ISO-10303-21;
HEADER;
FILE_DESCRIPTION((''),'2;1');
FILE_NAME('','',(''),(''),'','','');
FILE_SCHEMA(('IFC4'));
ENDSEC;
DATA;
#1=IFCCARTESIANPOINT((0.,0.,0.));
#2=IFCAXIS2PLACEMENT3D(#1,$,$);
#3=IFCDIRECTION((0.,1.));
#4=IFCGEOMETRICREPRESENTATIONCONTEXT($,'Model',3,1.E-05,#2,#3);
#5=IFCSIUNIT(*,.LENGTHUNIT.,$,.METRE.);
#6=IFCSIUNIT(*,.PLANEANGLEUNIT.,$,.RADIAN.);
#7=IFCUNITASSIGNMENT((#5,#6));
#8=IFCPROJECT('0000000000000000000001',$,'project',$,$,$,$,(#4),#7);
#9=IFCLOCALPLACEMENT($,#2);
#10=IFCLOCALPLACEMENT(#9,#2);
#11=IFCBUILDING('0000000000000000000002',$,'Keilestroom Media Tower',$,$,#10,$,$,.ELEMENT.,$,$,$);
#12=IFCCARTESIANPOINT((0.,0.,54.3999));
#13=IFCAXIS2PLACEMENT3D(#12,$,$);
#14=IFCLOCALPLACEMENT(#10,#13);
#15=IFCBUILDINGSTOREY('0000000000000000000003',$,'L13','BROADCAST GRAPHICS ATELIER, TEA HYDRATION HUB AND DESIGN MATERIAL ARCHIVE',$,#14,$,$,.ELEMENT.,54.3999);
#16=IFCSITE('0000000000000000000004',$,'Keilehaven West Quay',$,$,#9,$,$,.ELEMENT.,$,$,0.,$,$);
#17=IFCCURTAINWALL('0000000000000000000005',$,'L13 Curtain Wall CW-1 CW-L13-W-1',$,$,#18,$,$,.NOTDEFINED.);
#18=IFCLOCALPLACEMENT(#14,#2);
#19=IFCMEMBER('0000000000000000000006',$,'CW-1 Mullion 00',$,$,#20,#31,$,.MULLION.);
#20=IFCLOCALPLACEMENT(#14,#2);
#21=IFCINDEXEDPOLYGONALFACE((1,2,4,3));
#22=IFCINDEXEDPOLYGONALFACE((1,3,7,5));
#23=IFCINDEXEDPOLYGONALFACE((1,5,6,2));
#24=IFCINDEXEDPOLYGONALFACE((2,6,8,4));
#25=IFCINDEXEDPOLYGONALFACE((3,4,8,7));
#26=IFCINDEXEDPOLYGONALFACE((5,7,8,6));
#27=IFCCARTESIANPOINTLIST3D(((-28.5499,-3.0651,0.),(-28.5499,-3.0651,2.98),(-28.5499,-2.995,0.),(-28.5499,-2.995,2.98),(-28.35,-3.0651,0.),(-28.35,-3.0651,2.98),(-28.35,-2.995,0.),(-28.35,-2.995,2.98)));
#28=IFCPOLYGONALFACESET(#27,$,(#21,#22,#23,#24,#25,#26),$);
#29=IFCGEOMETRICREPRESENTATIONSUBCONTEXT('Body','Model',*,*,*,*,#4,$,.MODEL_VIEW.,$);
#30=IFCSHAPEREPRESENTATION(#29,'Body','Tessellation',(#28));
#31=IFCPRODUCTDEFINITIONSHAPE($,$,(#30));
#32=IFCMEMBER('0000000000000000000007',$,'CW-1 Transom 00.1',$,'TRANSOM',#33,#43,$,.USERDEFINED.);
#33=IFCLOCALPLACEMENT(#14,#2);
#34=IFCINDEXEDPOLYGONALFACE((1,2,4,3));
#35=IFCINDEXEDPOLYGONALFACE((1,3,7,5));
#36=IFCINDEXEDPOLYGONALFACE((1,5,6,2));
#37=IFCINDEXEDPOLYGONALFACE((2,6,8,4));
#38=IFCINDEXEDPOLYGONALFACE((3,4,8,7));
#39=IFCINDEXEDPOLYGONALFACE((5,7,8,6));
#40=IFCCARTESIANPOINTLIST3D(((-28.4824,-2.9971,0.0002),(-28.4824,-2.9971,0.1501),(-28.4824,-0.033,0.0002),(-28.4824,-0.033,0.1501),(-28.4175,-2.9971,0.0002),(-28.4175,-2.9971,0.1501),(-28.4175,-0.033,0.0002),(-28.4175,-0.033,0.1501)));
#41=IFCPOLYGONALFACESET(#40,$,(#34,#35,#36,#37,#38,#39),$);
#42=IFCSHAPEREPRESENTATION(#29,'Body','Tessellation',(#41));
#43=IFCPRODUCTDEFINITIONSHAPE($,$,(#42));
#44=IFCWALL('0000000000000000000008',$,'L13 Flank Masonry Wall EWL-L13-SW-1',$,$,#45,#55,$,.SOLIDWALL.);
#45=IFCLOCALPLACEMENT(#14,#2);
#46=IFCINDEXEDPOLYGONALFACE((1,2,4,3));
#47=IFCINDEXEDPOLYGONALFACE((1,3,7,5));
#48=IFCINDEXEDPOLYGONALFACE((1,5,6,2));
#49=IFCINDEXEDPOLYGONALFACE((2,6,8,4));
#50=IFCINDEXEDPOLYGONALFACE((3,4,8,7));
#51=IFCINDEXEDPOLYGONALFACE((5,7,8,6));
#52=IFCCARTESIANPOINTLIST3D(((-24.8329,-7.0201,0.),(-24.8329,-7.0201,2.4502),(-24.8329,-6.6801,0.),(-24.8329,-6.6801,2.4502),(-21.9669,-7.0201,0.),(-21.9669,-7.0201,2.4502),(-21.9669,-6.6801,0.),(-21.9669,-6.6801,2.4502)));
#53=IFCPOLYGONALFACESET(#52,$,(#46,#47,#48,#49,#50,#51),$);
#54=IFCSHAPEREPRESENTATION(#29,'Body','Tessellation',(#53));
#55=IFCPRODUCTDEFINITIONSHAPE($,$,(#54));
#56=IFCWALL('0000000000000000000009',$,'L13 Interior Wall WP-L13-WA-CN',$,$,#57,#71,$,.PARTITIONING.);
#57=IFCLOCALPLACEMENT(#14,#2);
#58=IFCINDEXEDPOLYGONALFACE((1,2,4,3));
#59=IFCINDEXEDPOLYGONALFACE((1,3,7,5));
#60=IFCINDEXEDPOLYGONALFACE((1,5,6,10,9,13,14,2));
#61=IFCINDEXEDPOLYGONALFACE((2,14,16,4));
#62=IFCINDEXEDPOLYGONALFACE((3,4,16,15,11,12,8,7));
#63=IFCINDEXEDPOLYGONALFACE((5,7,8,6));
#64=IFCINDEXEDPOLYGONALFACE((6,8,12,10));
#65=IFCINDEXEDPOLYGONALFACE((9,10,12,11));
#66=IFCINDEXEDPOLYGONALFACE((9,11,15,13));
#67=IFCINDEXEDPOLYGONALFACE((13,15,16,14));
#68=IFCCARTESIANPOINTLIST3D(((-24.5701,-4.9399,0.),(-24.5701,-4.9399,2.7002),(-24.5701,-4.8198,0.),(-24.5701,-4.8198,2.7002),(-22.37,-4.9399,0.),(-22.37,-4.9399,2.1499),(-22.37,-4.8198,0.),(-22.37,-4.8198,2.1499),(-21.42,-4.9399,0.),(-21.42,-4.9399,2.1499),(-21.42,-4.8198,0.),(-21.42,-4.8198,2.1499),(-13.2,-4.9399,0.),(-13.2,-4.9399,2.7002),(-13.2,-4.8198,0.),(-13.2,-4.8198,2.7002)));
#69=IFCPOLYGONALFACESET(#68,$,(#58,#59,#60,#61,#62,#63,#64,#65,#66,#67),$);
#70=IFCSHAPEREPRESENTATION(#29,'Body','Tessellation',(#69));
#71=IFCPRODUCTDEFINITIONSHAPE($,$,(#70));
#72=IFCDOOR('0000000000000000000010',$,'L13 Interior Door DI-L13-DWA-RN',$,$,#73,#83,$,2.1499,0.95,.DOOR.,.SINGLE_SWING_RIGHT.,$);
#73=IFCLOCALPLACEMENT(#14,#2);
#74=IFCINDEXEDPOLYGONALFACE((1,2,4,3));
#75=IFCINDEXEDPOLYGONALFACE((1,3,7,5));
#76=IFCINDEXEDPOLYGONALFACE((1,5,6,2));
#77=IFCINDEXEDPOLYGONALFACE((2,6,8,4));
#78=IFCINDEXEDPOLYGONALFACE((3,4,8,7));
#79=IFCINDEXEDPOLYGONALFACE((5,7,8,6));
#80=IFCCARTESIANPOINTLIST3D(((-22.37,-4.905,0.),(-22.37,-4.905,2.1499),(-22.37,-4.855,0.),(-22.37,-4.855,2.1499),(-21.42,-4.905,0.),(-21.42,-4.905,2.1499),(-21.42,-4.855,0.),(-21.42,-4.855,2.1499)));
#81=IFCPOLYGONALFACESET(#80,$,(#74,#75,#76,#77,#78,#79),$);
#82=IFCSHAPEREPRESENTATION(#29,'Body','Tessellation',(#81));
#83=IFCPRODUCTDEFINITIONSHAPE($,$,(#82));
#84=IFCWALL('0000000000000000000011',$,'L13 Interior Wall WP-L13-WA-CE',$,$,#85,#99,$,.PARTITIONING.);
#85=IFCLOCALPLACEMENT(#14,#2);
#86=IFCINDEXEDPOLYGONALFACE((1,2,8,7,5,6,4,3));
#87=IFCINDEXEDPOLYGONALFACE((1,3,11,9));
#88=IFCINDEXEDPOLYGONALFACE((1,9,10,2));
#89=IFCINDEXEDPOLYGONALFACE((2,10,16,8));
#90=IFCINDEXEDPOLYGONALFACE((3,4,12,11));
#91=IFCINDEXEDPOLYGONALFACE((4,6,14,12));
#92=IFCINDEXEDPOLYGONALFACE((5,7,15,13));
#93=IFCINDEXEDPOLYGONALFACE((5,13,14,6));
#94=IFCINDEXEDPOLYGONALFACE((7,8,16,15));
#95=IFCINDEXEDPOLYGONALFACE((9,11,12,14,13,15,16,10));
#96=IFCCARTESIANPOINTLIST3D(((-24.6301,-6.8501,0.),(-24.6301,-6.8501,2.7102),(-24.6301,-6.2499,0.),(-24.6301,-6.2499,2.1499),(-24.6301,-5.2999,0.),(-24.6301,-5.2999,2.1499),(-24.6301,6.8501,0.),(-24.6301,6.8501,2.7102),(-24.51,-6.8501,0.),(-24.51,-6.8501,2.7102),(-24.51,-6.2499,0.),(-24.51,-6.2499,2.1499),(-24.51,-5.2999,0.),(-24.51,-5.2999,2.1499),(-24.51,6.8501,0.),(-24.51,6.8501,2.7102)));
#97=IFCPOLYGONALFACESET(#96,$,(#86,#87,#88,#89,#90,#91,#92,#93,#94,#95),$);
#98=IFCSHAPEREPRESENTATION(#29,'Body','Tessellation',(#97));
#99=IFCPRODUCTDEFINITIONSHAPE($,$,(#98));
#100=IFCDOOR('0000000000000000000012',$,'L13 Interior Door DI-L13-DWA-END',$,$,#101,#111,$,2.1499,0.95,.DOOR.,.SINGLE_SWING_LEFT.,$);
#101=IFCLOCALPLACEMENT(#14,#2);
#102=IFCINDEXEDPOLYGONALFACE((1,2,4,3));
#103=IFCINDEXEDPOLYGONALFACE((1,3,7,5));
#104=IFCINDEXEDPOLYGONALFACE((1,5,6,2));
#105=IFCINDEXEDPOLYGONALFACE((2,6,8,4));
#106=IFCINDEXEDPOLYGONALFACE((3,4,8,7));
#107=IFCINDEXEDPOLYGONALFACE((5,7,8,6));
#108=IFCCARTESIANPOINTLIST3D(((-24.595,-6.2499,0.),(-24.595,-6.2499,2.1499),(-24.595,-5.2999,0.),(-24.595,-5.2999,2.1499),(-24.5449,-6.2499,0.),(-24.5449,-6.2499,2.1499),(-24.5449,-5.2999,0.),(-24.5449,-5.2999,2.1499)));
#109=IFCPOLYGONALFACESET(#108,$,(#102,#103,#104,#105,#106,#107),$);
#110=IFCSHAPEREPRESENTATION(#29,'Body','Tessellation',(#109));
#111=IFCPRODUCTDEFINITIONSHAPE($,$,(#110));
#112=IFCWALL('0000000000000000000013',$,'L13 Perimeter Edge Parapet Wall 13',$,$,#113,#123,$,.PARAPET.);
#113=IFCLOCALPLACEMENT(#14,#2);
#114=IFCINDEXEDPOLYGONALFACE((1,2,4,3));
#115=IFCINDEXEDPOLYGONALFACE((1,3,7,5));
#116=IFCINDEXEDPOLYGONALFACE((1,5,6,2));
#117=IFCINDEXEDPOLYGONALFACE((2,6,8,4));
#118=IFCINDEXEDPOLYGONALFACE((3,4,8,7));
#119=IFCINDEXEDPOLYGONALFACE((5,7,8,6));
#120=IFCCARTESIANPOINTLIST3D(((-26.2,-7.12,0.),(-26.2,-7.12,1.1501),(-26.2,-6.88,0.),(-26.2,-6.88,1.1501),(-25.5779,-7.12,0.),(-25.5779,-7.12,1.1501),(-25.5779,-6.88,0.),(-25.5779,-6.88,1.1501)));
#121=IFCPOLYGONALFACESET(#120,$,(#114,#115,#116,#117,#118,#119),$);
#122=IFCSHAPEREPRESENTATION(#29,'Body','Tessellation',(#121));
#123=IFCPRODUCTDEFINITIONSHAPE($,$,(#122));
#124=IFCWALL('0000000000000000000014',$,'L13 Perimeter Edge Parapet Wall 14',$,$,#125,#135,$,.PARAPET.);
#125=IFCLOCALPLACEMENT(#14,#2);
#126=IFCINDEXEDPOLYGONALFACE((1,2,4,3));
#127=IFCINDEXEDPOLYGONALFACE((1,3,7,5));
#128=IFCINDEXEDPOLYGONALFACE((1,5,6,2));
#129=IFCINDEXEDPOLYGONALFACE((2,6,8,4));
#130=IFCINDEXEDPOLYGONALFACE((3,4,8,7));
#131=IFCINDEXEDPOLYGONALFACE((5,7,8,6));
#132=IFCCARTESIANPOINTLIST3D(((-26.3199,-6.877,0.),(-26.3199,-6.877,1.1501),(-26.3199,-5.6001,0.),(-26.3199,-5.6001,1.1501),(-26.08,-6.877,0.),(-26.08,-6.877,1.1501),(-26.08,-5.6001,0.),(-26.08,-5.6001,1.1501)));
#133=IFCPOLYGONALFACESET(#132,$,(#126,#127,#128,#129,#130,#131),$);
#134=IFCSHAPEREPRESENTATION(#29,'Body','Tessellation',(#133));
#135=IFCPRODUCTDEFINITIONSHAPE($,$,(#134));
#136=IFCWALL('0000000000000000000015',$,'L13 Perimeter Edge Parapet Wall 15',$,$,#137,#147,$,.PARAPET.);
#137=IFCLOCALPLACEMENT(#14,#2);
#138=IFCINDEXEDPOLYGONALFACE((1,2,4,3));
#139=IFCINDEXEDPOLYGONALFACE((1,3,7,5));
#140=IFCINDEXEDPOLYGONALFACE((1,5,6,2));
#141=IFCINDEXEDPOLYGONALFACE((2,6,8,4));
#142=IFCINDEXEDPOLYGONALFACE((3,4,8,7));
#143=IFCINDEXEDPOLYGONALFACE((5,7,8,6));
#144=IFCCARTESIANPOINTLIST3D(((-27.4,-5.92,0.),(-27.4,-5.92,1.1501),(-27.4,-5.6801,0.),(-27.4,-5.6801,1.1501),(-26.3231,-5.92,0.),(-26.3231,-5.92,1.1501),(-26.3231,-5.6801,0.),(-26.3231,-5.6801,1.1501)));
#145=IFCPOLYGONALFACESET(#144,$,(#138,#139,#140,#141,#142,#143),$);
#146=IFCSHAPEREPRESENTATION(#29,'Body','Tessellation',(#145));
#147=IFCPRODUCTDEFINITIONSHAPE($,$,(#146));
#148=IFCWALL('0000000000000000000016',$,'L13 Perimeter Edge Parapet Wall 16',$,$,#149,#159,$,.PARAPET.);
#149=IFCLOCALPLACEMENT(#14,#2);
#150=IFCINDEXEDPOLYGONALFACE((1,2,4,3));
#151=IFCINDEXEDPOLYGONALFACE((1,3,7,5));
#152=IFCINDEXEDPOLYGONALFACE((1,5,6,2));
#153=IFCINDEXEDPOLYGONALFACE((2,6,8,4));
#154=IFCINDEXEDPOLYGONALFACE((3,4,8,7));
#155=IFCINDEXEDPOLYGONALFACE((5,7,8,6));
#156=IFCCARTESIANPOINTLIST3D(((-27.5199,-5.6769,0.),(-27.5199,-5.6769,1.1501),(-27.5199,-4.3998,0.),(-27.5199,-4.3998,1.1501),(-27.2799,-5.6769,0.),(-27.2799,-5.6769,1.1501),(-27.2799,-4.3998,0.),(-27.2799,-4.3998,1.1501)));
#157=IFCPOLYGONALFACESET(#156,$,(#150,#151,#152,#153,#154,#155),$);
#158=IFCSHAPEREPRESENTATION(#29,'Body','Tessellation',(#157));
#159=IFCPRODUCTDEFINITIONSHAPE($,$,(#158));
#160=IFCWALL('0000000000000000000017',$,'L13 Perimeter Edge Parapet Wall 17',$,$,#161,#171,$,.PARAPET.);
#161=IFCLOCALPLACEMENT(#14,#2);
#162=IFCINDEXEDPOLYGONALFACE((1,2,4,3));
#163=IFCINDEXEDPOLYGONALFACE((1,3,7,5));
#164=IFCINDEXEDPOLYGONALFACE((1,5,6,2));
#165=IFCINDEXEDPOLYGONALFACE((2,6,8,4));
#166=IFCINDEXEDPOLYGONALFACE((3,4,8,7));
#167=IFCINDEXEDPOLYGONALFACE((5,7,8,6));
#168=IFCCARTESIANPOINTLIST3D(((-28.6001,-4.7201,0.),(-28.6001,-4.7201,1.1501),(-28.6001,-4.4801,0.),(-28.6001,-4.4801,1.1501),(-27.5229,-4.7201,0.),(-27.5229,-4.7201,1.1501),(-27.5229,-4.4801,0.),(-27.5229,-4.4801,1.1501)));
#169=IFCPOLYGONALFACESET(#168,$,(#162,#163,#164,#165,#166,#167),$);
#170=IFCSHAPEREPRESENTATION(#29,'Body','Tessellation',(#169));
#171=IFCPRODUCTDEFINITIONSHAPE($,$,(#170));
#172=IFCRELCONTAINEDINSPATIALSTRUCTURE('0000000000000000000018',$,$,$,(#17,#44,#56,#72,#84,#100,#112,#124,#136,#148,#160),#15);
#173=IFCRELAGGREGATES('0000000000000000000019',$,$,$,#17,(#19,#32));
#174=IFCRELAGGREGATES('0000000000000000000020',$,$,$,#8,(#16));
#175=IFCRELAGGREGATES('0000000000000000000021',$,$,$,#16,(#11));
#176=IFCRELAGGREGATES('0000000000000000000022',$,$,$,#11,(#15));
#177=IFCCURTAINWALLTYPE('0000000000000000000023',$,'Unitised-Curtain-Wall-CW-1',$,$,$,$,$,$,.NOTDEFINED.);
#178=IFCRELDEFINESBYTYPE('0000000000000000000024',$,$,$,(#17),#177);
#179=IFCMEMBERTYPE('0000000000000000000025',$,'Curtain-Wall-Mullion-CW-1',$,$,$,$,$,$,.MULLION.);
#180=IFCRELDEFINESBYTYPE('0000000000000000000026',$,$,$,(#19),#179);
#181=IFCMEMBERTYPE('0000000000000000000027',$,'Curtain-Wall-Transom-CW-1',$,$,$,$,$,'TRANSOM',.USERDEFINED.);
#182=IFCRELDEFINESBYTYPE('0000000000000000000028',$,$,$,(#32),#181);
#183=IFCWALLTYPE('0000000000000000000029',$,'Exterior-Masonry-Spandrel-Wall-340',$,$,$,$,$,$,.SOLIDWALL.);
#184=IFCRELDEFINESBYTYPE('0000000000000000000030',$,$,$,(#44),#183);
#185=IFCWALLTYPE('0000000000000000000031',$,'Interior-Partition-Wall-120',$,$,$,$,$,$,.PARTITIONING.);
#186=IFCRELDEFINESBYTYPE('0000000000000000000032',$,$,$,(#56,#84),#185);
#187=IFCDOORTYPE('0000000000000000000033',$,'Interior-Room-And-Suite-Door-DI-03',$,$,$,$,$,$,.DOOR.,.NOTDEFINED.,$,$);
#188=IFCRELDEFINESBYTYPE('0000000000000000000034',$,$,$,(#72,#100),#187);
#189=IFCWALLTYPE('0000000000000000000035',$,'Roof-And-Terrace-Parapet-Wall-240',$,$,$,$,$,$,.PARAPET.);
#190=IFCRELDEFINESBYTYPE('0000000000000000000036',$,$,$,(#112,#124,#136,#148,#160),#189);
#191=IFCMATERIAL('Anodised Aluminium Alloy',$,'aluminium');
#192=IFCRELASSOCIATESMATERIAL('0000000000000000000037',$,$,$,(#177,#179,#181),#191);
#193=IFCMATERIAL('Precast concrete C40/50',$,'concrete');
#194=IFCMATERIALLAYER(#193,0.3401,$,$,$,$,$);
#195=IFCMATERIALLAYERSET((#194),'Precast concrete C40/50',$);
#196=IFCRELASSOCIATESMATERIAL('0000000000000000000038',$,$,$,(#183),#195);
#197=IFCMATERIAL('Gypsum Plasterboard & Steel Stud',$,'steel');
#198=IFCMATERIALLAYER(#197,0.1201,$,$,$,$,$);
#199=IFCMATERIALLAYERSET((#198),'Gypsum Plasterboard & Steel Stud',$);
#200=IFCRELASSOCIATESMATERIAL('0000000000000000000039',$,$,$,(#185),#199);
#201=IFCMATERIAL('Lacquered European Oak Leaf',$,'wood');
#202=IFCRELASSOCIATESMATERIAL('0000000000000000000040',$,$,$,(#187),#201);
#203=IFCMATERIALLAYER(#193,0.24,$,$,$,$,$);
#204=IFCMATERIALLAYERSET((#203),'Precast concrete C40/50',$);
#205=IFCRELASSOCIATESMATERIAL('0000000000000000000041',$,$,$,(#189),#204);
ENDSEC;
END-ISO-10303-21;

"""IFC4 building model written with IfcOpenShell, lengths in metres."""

from ifc_helpers import new_model, si_unit, direction, frame, frame_2d, origin, origin_2d, place, context, subcontext, project, spatial, rectangle, extrude, source, transform, mapped, material, layer, layer_set, material_profile, profile_set, type_object, element, fill, aggregate, save


model = new_model("IFC4")

# Units and contexts
model_context = context("Model", 3, precision=1e-05, world=origin(), true_north=direction((0.0, 1.0)))
body_context = subcontext(model_context, "Body", "Model", "MODEL_VIEW")
ifc_project = project(units=[si_unit("LENGTHUNIT", "METRE"), si_unit("PLANEANGLEUNIT", "RADIAN")], contexts=[model_context])

# Site, building, storey
site_placement = place(None, origin())
site = spatial("IfcSite", under=ifc_project, at=site_placement, Name="Keilehaven West Quay", CompositionType="ELEMENT", RefElevation=0.0)
building_placement = place(site_placement, origin())
building = spatial("IfcBuilding", under=site, at=building_placement, Name="Keilestroom Media Tower", CompositionType="ELEMENT")
storey_placement = place(building_placement, frame((0.0, 0.0, 54.3999)))
storey = spatial("IfcBuildingStorey", under=building, at=storey_placement, Name="L13", Description="BROADCAST GRAPHICS ATELIER, TEA HYDRATION HUB AND DESIGN MATERIAL ARCHIVE", CompositionType="ELEMENT", Elevation=54.3999)

# Shared definitions
ifc_material_1 = material(Name="Precast concrete C40/50", Category="concrete")

# Curtain wall, members
ifc_material_2 = material(Name="Anodised Aluminium Alloy", Category="aluminium")
curtain_wall_type = type_object("IfcCurtainWallType", Name="Unitised-Curtain-Wall-CW-1", PredefinedType="NOTDEFINED", material=ifc_material_2)
curtain_wall_placement = place(storey_placement, origin())
curtain_wall = element("IfcCurtainWall", 1, at=curtain_wall_placement, inside=storey, type_object=curtain_wall_type, Name="L13 Curtain Wall CW-1 CW-L13-W-1", PredefinedType="NOTDEFINED")
ifc_material_profile_1 = material_profile(ifc_material_2, rectangle(XDim=0.0701, YDim=0.2, at=origin_2d()), Name="ALU MULLION 70x200")
ifc_profile_set_1 = profile_set([ifc_material_profile_1], Name="Anodised Aluminium Alloy")
member_type_1 = type_object("IfcMemberType", Name="Curtain-Wall-Mullion-CW-1", PredefinedType="MULLION", material=ifc_profile_set_1)
shared_shape_1 = source(origin(), body_context, "Body", "SweptSolid", [
    extrude(rectangle(XDim=0.0701, YDim=0.2, at=origin_2d()), origin(), (0.0, 0.0, 1.0), 2.98),
])
member_1_placement = place(storey_placement, frame((-28.45, -3.03, 0.0), z_axis=(0.0, 0.0, 1.0), x_axis=(0.0, 1.0, 0.0)))
member_1 = element("IfcMember", 2, at=member_1_placement, type_object=member_type_1, Name="CW-1 Mullion 00", PredefinedType="MULLION", context=body_context, shape_type="MappedRepresentation", body=[
    mapped(shared_shape_1, transform((0.0, 0.0, 0.0), x_axis=(1.0, 0.0, 0.0), y_axis=(0.0, 1.0, 0.0), z_axis=(0.0, 0.0, 1.0), scale=1.0)),
])
ifc_material_profile_2 = material_profile(ifc_material_2, rectangle(XDim=0.0649, YDim=0.1499, at=origin_2d()), Name="ALU TRANSOM 65x150")
ifc_profile_set_2 = profile_set([ifc_material_profile_2], Name="Anodised Aluminium Alloy")
member_type_2 = type_object("IfcMemberType", Name="Curtain-Wall-Transom-CW-1", ElementType="TRANSOM", PredefinedType="USERDEFINED", material=ifc_profile_set_2)
shared_shape_2 = source(origin(), body_context, "Body", "SweptSolid", [
    extrude(rectangle(XDim=0.0649, YDim=0.1499, at=origin_2d()), origin(), (0.0, 0.0, 1.0), 2.9641),
])
member_2_placement = place(storey_placement, frame((-28.45, -2.9971, 0.0752), z_axis=(0.0, 1.0, 0.0), x_axis=(-1.0, 0.0, 0.0)))
member_2 = element("IfcMember", 3, at=member_2_placement, type_object=member_type_2, Name="CW-1 Transom 00.1", ObjectType="TRANSOM", PredefinedType="USERDEFINED", context=body_context, shape_type="MappedRepresentation", body=[
    mapped(shared_shape_2, transform((0.0, 0.0, 0.0), x_axis=(1.0, 0.0, 0.0), y_axis=(0.0, 1.0, 0.0), z_axis=(0.0, 0.0, 1.0), scale=1.0)),
])
aggregate(curtain_wall, [member_1, member_2])

# Wall
ifc_layer_1 = layer(ifc_material_1, 0.3401)
ifc_layer_set_1 = layer_set([ifc_layer_1], Name="Precast concrete C40/50")
wall_type_1 = type_object("IfcWallType", Name="Exterior-Masonry-Spandrel-Wall-340", PredefinedType="SOLIDWALL", material=ifc_layer_set_1)
wall_1_placement = place(storey_placement, frame((-24.833, -6.8501, 0.0), z_axis=(0.0, 0.0, 1.0), x_axis=(1.0, 0.0, 0.0)))
element("IfcWall", 4, at=wall_1_placement, inside=storey, type_object=wall_type_1, Name="L13 Flank Masonry Wall EWL-L13-SW-1", PredefinedType="SOLIDWALL", context=body_context, shape_type="SweptSolid", body=[
    extrude(rectangle(XDim=2.866, YDim=0.3401, at=frame_2d((1.4331, 0.0))), origin(), (0.0, 0.0, 1.0), 2.4502),
])

# Walls, openings, doors
ifc_material_3 = material(Name="Gypsum Plasterboard & Steel Stud", Category="steel")
ifc_layer_2 = layer(ifc_material_3, 0.1201)
ifc_layer_set_2 = layer_set([ifc_layer_2], Name="Gypsum Plasterboard & Steel Stud")
wall_type_2 = type_object("IfcWallType", Name="Interior-Partition-Wall-120", PredefinedType="PARTITIONING", material=ifc_layer_set_2)
wall_2_placement = place(storey_placement, frame((-24.5701, -4.8799, 0.0), z_axis=(0.0, 0.0, 1.0), x_axis=(1.0, 0.0, 0.0)))
wall_2 = element("IfcWall", 5, at=wall_2_placement, inside=storey, type_object=wall_type_2, Name="L13 Interior Wall WP-L13-WA-CN", PredefinedType="PARTITIONING", context=body_context, shape_type="SweptSolid", body=[
    extrude(rectangle(XDim=11.3701, YDim=0.1201, at=frame_2d((5.6851, 0.0))), origin(), (0.0, 0.0, 1.0), 2.7002),
])
opening_1_placement = place(wall_2_placement, frame((2.2, 0.0, 0.0)))
opening_1 = element("IfcOpeningElement", 6, at=opening_1_placement, cuts=wall_2, PredefinedType="OPENING", context=body_context, shape_type="SweptSolid", body=[
    extrude(rectangle(XDim=0.95, YDim=2.1499, at=frame_2d((0.4751, 1.075))), frame((0.0, 0.0701, 0.0), z_axis=(0.0, -1.0, 0.0), x_axis=(1.0, 0.0, 0.0)), (0.0, 0.0, 1.0), 0.1401),
])
ifc_material_4 = material(Name="Lacquered European Oak Leaf", Category="wood")
door_type = type_object("IfcDoorType", Name="Interior-Room-And-Suite-Door-DI-03", OperationType="NOTDEFINED", PredefinedType="DOOR", material=ifc_material_4)
shared_shape_3 = source(origin(), body_context, "Body", "SweptSolid", [
    extrude(rectangle(XDim=0.95, YDim=2.1499, at=frame_2d((0.4751, 1.075))), frame((0.0, 0.0249, 0.0), z_axis=(0.0, -1.0, 0.0), x_axis=(1.0, 0.0, 0.0)), (0.0, 0.0, 1.0), 0.05),
])
door_1_placement = place(opening_1_placement, origin())
door_1 = element("IfcDoor", 7, at=door_1_placement, inside=storey, type_object=door_type, Name="L13 Interior Door DI-L13-DWA-RN", OperationType="SINGLE_SWING_RIGHT", OverallHeight=2.1499, OverallWidth=0.95, PredefinedType="DOOR", context=body_context, shape_type="MappedRepresentation", body=[
    mapped(shared_shape_3, transform((0.0, 0.0, 0.0), x_axis=(1.0, 0.0, 0.0), y_axis=(0.0, 1.0, 0.0), z_axis=(0.0, 0.0, 1.0), scale=1.0)),
])
fill(opening_1, door_1)
wall_3_placement = place(storey_placement, frame((-24.5701, -6.8501, 0.0), z_axis=(0.0, 0.0, 1.0), x_axis=(0.0, 1.0, 0.0)))
wall_3 = element("IfcWall", 8, at=wall_3_placement, inside=storey, type_object=wall_type_2, Name="L13 Interior Wall WP-L13-WA-CE", PredefinedType="PARTITIONING", context=body_context, shape_type="SweptSolid", body=[
    extrude(rectangle(XDim=13.7002, YDim=0.1201, at=frame_2d((6.8501, 0.0))), origin(), (0.0, 0.0, 1.0), 2.7102),
])
opening_2_placement = place(wall_3_placement, frame((0.6001, 0.0, 0.0)))
opening_2 = element("IfcOpeningElement", 9, at=opening_2_placement, cuts=wall_3, PredefinedType="OPENING", context=body_context, shape_type="SweptSolid", body=[
    extrude(rectangle(XDim=0.95, YDim=2.1499, at=frame_2d((0.4751, 1.075))), frame((0.0, 0.0701, 0.0), z_axis=(0.0, -1.0, 0.0), x_axis=(1.0, 0.0, 0.0)), (0.0, 0.0, 1.0), 0.1401),
])
door_2_placement = place(opening_2_placement, origin())
door_2 = element("IfcDoor", 10, at=door_2_placement, inside=storey, type_object=door_type, Name="L13 Interior Door DI-L13-DWA-END", OperationType="SINGLE_SWING_LEFT", OverallHeight=2.1499, OverallWidth=0.95, PredefinedType="DOOR", context=body_context, shape_type="MappedRepresentation", body=[
    mapped(shared_shape_3, transform((0.0, 0.0, 0.0), x_axis=(1.0, 0.0, 0.0), y_axis=(0.0, 1.0, 0.0), z_axis=(0.0, 0.0, 1.0), scale=1.0)),
])
fill(opening_2, door_2)

# Walls
ifc_layer_3 = layer(ifc_material_1, 0.24)
ifc_layer_set_3 = layer_set([ifc_layer_3], Name="Precast concrete C40/50")
wall_type_3 = type_object("IfcWallType", Name="Roof-And-Terrace-Parapet-Wall-240", PredefinedType="PARAPET", material=ifc_layer_set_3)
wall_4_placement = place(storey_placement, frame((-25.5779, -7.0, 0.0), z_axis=(0.0, 0.0, 1.0), x_axis=(-1.0, 0.0, 0.0)))
element("IfcWall", 11, at=wall_4_placement, inside=storey, type_object=wall_type_3, Name="L13 Perimeter Edge Parapet Wall 13", PredefinedType="PARAPET", context=body_context, shape_type="SweptSolid", body=[
    extrude(rectangle(XDim=0.6221, YDim=0.24, at=frame_2d((0.311, 0.0))), origin(), (0.0, 0.0, 1.0), 1.1501),
])
wall_5_placement = place(storey_placement, frame((-26.2, -6.877, 0.0), z_axis=(0.0, 0.0, 1.0), x_axis=(0.0, 1.0, 0.0)))
element("IfcWall", 12, at=wall_5_placement, inside=storey, type_object=wall_type_3, Name="L13 Perimeter Edge Parapet Wall 14", PredefinedType="PARAPET", context=body_context, shape_type="SweptSolid", body=[
    extrude(rectangle(XDim=1.2769, YDim=0.24, at=frame_2d((0.6384, 0.0))), origin(), (0.0, 0.0, 1.0), 1.1501),
])
wall_6_placement = place(storey_placement, frame((-26.323, -5.8, 0.0), z_axis=(0.0, 0.0, 1.0), x_axis=(-1.0, 0.0, 0.0)))
element("IfcWall", 13, at=wall_6_placement, inside=storey, type_object=wall_type_3, Name="L13 Perimeter Edge Parapet Wall 15", PredefinedType="PARAPET", context=body_context, shape_type="SweptSolid", body=[
    extrude(rectangle(XDim=1.0769, YDim=0.24, at=frame_2d((0.5386, 0.0))), origin(), (0.0, 0.0, 1.0), 1.1501),
])
wall_7_placement = place(storey_placement, frame((-27.3999, -5.677, 0.0), z_axis=(0.0, 0.0, 1.0), x_axis=(0.0, 1.0, 0.0)))
element("IfcWall", 14, at=wall_7_placement, inside=storey, type_object=wall_type_3, Name="L13 Perimeter Edge Parapet Wall 16", PredefinedType="PARAPET", context=body_context, shape_type="SweptSolid", body=[
    extrude(rectangle(XDim=1.2771, YDim=0.24, at=frame_2d((0.6387, 0.0))), origin(), (0.0, 0.0, 1.0), 1.1501),
])
wall_8_placement = place(storey_placement, frame((-27.5229, -4.6001, 0.0), z_axis=(0.0, 0.0, 1.0), x_axis=(-1.0, 0.0, 0.0)))
element("IfcWall", 15, at=wall_8_placement, inside=storey, type_object=wall_type_3, Name="L13 Perimeter Edge Parapet Wall 17", PredefinedType="PARAPET", context=body_context, shape_type="SweptSolid", body=[
    extrude(rectangle(XDim=1.0771, YDim=0.24, at=frame_2d((0.5386, 0.0))), origin(), (0.0, 0.0, 1.0), 1.1501),
])

save(model, "model.ifc")
